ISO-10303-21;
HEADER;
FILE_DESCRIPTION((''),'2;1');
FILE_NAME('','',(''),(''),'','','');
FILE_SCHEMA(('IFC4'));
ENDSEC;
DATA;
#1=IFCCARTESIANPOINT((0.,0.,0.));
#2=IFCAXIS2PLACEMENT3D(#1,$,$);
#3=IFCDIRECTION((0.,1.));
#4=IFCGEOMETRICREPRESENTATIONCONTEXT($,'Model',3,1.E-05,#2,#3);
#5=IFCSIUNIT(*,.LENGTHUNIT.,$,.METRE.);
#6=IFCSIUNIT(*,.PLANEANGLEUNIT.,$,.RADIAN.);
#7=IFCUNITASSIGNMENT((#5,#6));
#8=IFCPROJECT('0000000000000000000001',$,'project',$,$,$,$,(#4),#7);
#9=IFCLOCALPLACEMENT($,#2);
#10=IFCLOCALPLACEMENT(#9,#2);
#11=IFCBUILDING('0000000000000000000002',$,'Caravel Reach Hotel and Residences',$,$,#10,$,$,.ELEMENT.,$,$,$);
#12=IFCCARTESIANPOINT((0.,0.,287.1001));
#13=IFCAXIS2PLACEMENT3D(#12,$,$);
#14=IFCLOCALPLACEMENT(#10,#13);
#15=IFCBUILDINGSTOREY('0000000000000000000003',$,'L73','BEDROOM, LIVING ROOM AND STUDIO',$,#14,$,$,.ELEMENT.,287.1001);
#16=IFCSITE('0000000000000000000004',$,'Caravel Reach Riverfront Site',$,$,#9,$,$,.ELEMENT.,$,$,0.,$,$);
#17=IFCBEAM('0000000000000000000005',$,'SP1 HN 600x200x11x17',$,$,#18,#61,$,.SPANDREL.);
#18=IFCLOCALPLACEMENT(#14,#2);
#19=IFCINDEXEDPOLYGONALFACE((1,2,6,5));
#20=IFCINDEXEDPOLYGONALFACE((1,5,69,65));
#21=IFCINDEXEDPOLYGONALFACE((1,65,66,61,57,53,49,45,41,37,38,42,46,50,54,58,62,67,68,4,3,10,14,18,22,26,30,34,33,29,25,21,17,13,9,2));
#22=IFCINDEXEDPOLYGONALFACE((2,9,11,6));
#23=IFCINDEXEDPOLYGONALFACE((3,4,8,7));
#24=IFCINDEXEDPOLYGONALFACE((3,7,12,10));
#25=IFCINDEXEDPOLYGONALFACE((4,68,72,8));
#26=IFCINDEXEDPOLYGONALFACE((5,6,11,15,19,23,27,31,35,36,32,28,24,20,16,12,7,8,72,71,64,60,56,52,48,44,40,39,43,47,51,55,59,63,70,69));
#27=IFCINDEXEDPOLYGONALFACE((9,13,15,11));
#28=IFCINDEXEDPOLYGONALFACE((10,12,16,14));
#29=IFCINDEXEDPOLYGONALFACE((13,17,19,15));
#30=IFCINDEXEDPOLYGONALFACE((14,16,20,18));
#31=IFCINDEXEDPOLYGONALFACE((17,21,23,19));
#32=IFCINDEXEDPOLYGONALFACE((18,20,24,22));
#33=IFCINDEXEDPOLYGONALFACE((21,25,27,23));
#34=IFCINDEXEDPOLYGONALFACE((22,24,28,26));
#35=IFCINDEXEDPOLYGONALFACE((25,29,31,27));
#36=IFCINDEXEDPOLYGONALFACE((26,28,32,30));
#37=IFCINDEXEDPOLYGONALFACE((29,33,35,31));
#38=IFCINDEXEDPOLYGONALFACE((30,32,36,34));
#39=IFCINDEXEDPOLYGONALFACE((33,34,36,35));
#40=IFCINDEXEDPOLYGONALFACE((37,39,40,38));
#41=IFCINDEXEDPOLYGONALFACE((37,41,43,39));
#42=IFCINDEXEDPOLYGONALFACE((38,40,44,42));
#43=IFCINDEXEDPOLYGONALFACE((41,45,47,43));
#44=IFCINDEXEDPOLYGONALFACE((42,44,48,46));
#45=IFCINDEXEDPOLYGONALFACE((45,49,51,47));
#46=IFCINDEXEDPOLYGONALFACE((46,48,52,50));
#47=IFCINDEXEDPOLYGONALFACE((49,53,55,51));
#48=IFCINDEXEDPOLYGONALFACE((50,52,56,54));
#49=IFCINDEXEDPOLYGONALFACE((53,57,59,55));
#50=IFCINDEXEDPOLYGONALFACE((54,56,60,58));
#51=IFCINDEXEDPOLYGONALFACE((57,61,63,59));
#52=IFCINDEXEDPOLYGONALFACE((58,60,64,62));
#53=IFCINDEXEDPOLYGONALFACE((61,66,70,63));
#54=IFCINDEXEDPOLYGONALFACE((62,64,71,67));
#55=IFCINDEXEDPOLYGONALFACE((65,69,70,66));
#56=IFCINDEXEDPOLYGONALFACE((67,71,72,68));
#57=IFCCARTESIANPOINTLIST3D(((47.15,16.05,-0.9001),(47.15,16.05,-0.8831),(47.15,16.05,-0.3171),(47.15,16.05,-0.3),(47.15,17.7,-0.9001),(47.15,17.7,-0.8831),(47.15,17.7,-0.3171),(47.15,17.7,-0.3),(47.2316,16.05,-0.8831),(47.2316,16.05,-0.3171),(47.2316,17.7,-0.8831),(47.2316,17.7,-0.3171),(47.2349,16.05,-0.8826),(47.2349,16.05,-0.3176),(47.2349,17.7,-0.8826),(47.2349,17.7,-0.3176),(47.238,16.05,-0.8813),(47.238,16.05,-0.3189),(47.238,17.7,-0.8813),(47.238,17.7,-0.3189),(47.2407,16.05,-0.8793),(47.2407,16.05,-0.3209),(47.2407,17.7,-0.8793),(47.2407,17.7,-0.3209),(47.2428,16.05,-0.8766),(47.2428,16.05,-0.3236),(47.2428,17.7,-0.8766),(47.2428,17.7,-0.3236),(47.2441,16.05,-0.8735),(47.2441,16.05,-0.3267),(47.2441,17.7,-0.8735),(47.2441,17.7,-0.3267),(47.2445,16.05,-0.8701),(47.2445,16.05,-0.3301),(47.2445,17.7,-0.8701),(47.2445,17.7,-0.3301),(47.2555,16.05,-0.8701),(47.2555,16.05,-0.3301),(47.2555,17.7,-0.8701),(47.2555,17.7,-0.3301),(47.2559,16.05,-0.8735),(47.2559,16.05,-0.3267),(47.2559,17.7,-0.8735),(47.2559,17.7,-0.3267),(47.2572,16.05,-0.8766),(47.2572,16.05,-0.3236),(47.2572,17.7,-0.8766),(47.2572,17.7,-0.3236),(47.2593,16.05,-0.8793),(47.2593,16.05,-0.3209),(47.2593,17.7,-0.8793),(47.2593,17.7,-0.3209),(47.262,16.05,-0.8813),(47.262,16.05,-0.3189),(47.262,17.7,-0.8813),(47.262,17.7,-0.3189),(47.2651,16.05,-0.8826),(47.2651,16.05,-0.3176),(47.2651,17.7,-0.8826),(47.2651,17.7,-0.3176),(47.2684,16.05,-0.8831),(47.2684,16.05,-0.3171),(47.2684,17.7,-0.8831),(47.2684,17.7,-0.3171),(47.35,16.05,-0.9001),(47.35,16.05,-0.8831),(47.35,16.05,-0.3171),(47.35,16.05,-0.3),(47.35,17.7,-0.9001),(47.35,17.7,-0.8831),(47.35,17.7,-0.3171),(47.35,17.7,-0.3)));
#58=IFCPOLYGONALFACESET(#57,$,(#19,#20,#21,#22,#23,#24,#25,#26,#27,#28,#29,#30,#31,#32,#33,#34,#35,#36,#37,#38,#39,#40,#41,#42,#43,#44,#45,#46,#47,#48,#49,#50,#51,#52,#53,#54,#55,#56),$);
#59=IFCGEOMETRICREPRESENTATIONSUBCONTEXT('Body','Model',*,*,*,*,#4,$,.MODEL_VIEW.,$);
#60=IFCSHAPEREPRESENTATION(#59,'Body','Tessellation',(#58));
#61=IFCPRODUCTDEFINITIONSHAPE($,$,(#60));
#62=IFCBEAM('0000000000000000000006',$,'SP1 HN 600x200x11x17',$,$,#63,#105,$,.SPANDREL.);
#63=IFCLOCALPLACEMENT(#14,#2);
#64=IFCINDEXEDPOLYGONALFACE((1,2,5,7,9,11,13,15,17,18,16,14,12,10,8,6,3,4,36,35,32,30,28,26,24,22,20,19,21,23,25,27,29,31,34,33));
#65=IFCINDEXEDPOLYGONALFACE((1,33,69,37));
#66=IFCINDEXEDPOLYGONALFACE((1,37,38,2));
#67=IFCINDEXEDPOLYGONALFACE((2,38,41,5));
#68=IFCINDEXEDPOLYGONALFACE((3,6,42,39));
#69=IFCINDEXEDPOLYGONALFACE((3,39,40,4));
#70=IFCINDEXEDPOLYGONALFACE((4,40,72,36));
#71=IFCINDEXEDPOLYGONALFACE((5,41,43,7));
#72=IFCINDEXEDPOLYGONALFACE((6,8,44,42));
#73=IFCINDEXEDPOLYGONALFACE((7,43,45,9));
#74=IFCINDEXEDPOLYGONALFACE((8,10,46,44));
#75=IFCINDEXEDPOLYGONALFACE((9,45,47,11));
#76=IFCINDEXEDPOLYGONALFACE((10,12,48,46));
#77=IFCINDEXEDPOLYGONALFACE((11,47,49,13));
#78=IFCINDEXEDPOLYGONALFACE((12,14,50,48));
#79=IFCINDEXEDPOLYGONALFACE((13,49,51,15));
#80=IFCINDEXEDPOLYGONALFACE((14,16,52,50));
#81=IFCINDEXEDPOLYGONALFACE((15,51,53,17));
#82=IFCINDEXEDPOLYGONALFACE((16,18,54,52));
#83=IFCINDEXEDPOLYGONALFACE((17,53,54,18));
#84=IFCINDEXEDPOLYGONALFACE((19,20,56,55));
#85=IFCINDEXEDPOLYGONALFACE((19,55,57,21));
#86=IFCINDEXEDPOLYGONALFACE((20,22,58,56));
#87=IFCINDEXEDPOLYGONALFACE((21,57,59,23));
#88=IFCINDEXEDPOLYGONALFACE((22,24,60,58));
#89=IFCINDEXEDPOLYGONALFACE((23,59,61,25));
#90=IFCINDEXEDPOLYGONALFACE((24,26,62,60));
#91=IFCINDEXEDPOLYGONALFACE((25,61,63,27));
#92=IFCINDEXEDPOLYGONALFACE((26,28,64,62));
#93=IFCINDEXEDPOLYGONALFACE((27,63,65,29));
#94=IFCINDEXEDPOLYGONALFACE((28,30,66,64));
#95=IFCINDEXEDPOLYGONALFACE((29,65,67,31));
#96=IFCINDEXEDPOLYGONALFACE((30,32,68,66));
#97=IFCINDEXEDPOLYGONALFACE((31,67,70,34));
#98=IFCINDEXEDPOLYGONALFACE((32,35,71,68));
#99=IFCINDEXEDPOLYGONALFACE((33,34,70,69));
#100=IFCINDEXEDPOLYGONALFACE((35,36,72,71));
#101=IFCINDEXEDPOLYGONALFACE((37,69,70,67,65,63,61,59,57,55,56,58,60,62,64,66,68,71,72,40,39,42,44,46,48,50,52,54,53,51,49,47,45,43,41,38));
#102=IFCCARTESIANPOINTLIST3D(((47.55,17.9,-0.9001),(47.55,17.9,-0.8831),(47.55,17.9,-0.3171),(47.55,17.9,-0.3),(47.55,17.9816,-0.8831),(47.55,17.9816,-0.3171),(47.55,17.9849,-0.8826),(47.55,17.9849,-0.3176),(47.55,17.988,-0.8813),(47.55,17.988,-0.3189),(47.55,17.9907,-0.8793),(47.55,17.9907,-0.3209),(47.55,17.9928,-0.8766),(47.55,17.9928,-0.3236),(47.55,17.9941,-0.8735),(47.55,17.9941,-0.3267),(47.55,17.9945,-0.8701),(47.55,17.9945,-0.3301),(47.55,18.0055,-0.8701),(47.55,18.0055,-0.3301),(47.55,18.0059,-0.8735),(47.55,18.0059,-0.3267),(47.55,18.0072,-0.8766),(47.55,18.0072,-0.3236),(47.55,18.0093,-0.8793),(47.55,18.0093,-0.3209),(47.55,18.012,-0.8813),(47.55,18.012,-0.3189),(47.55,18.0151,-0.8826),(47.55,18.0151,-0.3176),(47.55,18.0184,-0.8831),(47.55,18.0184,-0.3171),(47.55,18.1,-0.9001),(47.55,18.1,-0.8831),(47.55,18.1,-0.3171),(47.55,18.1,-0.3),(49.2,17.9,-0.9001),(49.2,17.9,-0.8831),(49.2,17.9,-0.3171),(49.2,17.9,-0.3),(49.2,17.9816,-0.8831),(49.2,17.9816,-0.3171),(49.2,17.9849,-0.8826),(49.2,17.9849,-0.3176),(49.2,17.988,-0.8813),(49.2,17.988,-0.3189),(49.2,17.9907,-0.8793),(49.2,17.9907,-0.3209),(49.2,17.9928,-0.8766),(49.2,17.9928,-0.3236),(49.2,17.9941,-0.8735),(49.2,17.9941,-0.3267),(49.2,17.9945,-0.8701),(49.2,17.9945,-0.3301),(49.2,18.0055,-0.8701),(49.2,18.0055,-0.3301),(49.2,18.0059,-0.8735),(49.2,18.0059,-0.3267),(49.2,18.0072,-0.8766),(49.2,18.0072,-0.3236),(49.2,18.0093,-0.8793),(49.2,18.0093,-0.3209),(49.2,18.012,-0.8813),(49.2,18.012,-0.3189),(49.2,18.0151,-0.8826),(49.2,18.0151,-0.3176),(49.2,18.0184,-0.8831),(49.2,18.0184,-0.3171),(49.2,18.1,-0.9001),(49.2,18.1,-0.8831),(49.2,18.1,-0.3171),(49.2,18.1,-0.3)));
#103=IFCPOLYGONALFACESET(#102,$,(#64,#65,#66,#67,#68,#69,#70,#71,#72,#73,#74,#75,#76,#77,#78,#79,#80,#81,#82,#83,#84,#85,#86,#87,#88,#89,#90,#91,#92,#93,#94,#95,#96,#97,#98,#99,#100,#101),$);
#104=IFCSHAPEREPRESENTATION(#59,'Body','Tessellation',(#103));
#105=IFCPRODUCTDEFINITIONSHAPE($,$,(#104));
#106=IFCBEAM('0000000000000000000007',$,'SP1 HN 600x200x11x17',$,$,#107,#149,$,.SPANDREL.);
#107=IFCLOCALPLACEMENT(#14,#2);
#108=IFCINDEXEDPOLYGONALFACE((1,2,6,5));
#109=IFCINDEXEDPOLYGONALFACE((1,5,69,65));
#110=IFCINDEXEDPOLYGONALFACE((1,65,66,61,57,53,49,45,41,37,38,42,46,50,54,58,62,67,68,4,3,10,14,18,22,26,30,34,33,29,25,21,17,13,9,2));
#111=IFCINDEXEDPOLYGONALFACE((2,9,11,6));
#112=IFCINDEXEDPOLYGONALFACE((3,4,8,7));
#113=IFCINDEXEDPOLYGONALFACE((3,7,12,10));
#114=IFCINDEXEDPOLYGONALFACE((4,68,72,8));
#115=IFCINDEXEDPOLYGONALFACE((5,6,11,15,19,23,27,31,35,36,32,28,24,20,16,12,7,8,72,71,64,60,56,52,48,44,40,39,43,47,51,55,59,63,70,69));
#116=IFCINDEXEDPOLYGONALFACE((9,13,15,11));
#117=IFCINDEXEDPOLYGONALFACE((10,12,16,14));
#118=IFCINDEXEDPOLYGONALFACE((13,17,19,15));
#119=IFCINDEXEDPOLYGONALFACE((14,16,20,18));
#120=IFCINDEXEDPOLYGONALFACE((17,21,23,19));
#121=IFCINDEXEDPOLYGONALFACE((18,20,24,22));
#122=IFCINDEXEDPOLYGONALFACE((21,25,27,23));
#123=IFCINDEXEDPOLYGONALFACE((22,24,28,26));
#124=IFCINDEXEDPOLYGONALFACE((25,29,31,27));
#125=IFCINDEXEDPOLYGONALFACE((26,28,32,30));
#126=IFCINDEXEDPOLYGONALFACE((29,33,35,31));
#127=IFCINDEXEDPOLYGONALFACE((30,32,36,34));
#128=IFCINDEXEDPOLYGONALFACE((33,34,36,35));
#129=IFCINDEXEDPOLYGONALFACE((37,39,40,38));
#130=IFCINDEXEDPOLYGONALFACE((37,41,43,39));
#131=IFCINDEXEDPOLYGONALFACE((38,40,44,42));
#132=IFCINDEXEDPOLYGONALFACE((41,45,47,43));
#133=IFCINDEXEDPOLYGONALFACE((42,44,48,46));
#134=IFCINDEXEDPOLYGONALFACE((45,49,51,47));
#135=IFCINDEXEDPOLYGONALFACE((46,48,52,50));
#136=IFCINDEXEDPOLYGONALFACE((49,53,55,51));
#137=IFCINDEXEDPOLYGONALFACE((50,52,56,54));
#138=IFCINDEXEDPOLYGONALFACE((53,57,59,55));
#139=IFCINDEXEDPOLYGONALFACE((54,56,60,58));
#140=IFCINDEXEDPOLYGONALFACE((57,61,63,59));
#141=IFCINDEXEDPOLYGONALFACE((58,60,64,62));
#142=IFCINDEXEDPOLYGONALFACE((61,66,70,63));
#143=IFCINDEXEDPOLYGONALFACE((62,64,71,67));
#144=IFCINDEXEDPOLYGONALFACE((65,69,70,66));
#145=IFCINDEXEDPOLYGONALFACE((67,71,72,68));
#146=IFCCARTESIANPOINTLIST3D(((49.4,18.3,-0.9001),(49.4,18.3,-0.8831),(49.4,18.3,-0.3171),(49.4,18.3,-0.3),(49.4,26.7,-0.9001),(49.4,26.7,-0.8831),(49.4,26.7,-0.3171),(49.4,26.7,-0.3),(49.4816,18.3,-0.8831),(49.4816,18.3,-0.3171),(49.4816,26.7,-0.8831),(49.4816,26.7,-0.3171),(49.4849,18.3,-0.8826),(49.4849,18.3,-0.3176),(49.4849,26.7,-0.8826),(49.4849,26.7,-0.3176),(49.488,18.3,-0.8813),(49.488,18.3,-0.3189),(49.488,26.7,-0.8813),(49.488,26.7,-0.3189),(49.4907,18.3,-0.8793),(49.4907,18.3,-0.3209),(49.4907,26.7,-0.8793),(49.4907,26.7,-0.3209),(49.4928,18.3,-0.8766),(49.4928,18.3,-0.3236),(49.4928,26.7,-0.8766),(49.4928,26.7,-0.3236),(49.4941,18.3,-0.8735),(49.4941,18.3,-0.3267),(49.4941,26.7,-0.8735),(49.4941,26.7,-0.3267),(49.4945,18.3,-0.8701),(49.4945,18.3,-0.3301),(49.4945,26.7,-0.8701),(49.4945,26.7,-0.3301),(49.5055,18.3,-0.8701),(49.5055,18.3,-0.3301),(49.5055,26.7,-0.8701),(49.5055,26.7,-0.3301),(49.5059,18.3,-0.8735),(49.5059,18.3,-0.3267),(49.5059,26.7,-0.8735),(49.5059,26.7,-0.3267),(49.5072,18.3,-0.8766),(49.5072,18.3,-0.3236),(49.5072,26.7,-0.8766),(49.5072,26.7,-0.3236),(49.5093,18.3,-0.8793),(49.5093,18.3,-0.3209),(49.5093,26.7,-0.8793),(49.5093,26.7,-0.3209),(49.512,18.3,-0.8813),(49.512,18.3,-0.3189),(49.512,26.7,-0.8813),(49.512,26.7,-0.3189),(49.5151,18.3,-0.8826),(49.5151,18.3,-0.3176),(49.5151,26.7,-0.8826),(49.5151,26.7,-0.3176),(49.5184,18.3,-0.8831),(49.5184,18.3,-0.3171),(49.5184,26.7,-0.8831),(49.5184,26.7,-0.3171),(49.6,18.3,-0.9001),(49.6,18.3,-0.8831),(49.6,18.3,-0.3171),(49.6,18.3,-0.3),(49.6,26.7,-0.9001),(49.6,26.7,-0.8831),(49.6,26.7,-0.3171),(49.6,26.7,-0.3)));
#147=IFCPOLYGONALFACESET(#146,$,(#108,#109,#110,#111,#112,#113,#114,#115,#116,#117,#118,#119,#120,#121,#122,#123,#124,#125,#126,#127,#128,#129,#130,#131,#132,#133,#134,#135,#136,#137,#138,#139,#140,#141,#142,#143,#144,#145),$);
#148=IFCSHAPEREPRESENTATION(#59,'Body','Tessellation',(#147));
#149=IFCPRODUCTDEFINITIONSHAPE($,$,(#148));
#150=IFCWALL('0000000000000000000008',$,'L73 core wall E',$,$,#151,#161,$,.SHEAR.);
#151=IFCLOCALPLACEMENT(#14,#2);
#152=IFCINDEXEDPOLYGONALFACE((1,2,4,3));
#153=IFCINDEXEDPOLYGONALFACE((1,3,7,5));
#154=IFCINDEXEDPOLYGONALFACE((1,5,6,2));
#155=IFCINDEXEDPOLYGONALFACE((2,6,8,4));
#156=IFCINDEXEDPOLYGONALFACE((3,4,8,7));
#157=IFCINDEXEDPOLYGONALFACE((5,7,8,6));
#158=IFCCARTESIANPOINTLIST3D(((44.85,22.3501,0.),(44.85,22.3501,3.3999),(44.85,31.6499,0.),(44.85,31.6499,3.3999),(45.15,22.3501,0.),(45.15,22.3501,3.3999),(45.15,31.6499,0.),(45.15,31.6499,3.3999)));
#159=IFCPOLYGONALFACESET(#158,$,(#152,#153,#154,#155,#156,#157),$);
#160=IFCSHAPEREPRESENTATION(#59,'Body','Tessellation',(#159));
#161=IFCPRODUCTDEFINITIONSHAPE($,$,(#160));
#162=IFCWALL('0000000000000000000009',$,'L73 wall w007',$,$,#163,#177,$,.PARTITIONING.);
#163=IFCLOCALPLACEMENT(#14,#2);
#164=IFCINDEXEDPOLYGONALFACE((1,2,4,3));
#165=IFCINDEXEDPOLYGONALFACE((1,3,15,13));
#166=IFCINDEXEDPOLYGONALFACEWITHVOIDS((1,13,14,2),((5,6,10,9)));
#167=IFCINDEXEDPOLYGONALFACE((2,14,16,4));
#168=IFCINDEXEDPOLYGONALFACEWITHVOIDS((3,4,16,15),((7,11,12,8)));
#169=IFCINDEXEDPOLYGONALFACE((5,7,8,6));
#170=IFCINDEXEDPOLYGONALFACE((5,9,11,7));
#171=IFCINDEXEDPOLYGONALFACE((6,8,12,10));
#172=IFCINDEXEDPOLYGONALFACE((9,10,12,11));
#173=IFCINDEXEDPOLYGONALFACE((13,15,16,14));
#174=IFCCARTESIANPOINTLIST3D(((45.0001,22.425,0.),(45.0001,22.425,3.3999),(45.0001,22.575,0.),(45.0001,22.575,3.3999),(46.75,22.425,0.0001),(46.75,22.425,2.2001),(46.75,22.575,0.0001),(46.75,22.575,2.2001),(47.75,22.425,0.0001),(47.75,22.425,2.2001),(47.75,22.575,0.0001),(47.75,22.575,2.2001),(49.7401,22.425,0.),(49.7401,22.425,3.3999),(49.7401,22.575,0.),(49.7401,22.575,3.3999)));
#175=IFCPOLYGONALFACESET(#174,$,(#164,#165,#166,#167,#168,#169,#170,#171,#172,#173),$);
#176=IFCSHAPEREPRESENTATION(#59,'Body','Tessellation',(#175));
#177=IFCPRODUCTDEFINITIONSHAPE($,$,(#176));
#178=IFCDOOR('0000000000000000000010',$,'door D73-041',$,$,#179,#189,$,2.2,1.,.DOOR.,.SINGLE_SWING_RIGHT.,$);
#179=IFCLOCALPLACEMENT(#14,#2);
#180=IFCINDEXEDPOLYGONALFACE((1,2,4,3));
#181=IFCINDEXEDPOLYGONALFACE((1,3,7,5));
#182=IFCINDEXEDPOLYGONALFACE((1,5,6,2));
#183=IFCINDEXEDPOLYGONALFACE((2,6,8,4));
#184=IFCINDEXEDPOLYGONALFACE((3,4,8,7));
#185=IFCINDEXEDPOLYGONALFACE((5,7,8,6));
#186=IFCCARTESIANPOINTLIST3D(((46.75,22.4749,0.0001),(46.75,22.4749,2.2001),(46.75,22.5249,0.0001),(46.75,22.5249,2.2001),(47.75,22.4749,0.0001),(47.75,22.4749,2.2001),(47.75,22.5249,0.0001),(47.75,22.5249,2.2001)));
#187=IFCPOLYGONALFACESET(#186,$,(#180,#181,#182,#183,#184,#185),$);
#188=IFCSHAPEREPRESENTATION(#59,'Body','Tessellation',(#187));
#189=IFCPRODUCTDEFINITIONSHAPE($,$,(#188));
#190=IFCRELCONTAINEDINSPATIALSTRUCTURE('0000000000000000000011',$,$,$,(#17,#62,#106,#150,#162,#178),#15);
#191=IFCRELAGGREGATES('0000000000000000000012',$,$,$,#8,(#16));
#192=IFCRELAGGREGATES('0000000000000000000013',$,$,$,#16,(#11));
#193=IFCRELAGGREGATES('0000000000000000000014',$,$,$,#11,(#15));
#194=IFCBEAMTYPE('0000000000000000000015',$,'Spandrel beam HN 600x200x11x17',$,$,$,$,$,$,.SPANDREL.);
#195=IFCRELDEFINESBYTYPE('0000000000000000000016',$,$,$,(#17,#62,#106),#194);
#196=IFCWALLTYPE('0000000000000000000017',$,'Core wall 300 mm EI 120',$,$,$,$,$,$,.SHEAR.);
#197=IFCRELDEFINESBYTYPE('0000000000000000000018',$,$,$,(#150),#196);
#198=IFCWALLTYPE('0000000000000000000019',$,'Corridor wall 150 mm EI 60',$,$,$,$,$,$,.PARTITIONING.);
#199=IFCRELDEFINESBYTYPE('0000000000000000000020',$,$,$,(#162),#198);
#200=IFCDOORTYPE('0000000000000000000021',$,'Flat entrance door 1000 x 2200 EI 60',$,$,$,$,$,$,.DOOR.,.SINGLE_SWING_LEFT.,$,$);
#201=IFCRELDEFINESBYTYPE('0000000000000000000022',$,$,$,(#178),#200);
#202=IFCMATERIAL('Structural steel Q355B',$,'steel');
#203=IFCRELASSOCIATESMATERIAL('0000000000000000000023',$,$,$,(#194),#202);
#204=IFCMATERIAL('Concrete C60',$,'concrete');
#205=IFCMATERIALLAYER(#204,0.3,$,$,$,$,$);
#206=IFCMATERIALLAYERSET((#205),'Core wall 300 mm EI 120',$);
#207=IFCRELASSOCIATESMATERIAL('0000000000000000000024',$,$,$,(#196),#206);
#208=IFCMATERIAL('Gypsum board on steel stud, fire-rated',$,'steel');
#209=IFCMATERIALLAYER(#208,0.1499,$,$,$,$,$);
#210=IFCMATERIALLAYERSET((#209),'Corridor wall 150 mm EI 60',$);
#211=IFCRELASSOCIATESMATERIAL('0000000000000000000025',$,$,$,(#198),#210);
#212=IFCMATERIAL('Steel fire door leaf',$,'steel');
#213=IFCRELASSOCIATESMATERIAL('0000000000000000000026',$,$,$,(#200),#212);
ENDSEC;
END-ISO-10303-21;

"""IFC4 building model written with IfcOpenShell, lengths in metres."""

from ifc_helpers import new_model, si_unit, direction, frame, frame_2d, origin, origin_2d, place, context, subcontext, project, spatial, rectangle, i_section, extrude, material, layer, layer_set, material_profile, profile_set, type_object, element, fill, save


model = new_model("IFC4")

# Units and contexts
model_context = context("Model", 3, precision=1e-05, world=origin(), true_north=direction((0.0, 1.0)))
body_context = subcontext(model_context, "Body", "Model", "MODEL_VIEW")
ifc_project = project(units=[si_unit("LENGTHUNIT", "METRE"), si_unit("PLANEANGLEUNIT", "RADIAN")], contexts=[model_context])

# Site, building, storey
site_placement = place(None, origin())
site = spatial("IfcSite", under=ifc_project, at=site_placement, Name="Caravel Reach Riverfront Site", CompositionType="ELEMENT", RefElevation=0.0)
building_placement = place(site_placement, origin())
building = spatial("IfcBuilding", under=site, at=building_placement, Name="Caravel Reach Hotel and Residences", CompositionType="ELEMENT")
storey_placement = place(building_placement, frame((0.0, 0.0, 287.1001)))
storey = spatial("IfcBuildingStorey", under=building, at=storey_placement, Name="L73", Description="BEDROOM, LIVING ROOM AND STUDIO", CompositionType="ELEMENT", Elevation=287.1001)

# Beams
ifc_material_1 = material(Name="Structural steel Q355B", Category="steel")
ifc_material_profile_1 = material_profile(ifc_material_1, i_section(OverallWidth=0.2, OverallDepth=0.6001, WebThickness=0.011, FlangeThickness=0.0171, FilletRadius=0.0129, at=origin_2d()), Name="HN 600x200x11x17")
ifc_profile_set_1 = profile_set([ifc_material_profile_1], Name="Structural steel Q355B")
beam_type = type_object("IfcBeamType", Name="Spandrel beam HN 600x200x11x17", PredefinedType="SPANDREL", material=ifc_profile_set_1)
for number, where, z_axis, x_axis, name in (
    (1, (47.25, 16.05, -0.6001), (0.0, 1.0, 0.0), (-1.0, 0.0, 0.0), "SP1 HN 600x200x11x17"),
    (2, (47.55, 18.0, -0.6001), (1.0, 0.0, 0.0), (0.0, 1.0, 0.0), "SP1 HN 600x200x11x17"),
):
    element("IfcBeam", number, at=place(storey_placement, frame(where, z_axis=z_axis, x_axis=x_axis)), inside=storey, type_object=beam_type, Name=name, PredefinedType="SPANDREL", context=body_context, shape_type="SweptSolid", body=[
        extrude(i_section(OverallWidth=0.2, OverallDepth=0.6001, WebThickness=0.011, FlangeThickness=0.0171, FilletRadius=0.0129, at=origin_2d()), origin(), (0.0, 0.0, 1.0), 1.6499),
    ])
beam_placement = place(storey_placement, frame((49.5, 18.3, -0.6001), z_axis=(0.0, 1.0, 0.0), x_axis=(-1.0, 0.0, 0.0)))
element("IfcBeam", 3, at=beam_placement, inside=storey, type_object=beam_type, Name="SP1 HN 600x200x11x17", PredefinedType="SPANDREL", context=body_context, shape_type="SweptSolid", body=[
    extrude(i_section(OverallWidth=0.2, OverallDepth=0.6001, WebThickness=0.011, FlangeThickness=0.0171, FilletRadius=0.0129, at=origin_2d()), origin(), (0.0, 0.0, 1.0), 8.3999),
])

# Wall
ifc_material_2 = material(Name="Concrete C60", Category="concrete")
ifc_layer_1 = layer(ifc_material_2, 0.3)
ifc_layer_set_1 = layer_set([ifc_layer_1], Name="Core wall 300 mm EI 120")
wall_type_1 = type_object("IfcWallType", Name="Core wall 300 mm EI 120", PredefinedType="SHEAR", material=ifc_layer_set_1)
wall_1_placement = place(storey_placement, frame((45.0, 22.3501, 0.0), z_axis=(0.0, 0.0, 1.0), x_axis=(0.0, 1.0, 0.0)))
element("IfcWall", 4, at=wall_1_placement, inside=storey, type_object=wall_type_1, Name="L73 core wall E", PredefinedType="SHEAR", context=body_context, shape_type="SweptSolid", body=[
    extrude(rectangle(XDim=9.2998, YDim=0.3, at=frame_2d((4.6499, 0.0))), origin(), (0.0, 0.0, 1.0), 3.3999),
])

# Wall, opening, door
ifc_material_3 = material(Name="Gypsum board on steel stud, fire-rated", Category="steel")
ifc_layer_2 = layer(ifc_material_3, 0.1499)
ifc_layer_set_2 = layer_set([ifc_layer_2], Name="Corridor wall 150 mm EI 60")
wall_type_2 = type_object("IfcWallType", Name="Corridor wall 150 mm EI 60", PredefinedType="PARTITIONING", material=ifc_layer_set_2)
wall_2_placement = place(storey_placement, frame((45.0, 22.5, 0.0), z_axis=(0.0, 0.0, 1.0), x_axis=(1.0, 0.0, 0.0)))
wall_2 = element("IfcWall", 5, at=wall_2_placement, inside=storey, type_object=wall_type_2, Name="L73 wall w007", PredefinedType="PARTITIONING", context=body_context, shape_type="SweptSolid", body=[
    extrude(rectangle(XDim=4.74, YDim=0.1499, at=frame_2d((2.3701, 0.0))), origin(), (0.0, 0.0, 1.0), 3.3999),
])
opening_1_placement = place(wall_2_placement, frame((1.75, 0.0, 0.0)))
opening_1 = element("IfcOpeningElement", 6, at=opening_1_placement, cuts=wall_2, PredefinedType="OPENING", context=body_context, shape_type="SweptSolid", body=[
    extrude(rectangle(XDim=1.0, YDim=2.2, at=frame_2d((0.5, 1.1001))), frame((0.0, 0.085, 0.0), z_axis=(0.0, -1.0, 0.0), x_axis=(1.0, 0.0, 0.0)), (0.0, 0.0, 1.0), 0.1699),
])
ifc_material_4 = material(Name="Steel fire door leaf", Category="steel")
door_type = type_object("IfcDoorType", Name="Flat entrance door 1000 x 2200 EI 60", OperationType="SINGLE_SWING_LEFT", PredefinedType="DOOR", material=ifc_material_4)
door_placement = place(opening_1_placement, origin())
door = element("IfcDoor", 7, at=door_placement, inside=storey, type_object=door_type, Name="door D73-041", OperationType="SINGLE_SWING_RIGHT", OverallHeight=2.2, OverallWidth=1.0, PredefinedType="DOOR", context=body_context, shape_type="SweptSolid", body=[
    extrude(rectangle(XDim=1.0, YDim=2.2, at=frame_2d((0.5, 1.1001))), frame((0.0, 0.0249, 0.0), z_axis=(0.0, -1.0, 0.0), x_axis=(1.0, 0.0, 0.0)), (0.0, 0.0, 1.0), 0.05),
])
fill(opening_1, door)

save(model, "model.ifc")
